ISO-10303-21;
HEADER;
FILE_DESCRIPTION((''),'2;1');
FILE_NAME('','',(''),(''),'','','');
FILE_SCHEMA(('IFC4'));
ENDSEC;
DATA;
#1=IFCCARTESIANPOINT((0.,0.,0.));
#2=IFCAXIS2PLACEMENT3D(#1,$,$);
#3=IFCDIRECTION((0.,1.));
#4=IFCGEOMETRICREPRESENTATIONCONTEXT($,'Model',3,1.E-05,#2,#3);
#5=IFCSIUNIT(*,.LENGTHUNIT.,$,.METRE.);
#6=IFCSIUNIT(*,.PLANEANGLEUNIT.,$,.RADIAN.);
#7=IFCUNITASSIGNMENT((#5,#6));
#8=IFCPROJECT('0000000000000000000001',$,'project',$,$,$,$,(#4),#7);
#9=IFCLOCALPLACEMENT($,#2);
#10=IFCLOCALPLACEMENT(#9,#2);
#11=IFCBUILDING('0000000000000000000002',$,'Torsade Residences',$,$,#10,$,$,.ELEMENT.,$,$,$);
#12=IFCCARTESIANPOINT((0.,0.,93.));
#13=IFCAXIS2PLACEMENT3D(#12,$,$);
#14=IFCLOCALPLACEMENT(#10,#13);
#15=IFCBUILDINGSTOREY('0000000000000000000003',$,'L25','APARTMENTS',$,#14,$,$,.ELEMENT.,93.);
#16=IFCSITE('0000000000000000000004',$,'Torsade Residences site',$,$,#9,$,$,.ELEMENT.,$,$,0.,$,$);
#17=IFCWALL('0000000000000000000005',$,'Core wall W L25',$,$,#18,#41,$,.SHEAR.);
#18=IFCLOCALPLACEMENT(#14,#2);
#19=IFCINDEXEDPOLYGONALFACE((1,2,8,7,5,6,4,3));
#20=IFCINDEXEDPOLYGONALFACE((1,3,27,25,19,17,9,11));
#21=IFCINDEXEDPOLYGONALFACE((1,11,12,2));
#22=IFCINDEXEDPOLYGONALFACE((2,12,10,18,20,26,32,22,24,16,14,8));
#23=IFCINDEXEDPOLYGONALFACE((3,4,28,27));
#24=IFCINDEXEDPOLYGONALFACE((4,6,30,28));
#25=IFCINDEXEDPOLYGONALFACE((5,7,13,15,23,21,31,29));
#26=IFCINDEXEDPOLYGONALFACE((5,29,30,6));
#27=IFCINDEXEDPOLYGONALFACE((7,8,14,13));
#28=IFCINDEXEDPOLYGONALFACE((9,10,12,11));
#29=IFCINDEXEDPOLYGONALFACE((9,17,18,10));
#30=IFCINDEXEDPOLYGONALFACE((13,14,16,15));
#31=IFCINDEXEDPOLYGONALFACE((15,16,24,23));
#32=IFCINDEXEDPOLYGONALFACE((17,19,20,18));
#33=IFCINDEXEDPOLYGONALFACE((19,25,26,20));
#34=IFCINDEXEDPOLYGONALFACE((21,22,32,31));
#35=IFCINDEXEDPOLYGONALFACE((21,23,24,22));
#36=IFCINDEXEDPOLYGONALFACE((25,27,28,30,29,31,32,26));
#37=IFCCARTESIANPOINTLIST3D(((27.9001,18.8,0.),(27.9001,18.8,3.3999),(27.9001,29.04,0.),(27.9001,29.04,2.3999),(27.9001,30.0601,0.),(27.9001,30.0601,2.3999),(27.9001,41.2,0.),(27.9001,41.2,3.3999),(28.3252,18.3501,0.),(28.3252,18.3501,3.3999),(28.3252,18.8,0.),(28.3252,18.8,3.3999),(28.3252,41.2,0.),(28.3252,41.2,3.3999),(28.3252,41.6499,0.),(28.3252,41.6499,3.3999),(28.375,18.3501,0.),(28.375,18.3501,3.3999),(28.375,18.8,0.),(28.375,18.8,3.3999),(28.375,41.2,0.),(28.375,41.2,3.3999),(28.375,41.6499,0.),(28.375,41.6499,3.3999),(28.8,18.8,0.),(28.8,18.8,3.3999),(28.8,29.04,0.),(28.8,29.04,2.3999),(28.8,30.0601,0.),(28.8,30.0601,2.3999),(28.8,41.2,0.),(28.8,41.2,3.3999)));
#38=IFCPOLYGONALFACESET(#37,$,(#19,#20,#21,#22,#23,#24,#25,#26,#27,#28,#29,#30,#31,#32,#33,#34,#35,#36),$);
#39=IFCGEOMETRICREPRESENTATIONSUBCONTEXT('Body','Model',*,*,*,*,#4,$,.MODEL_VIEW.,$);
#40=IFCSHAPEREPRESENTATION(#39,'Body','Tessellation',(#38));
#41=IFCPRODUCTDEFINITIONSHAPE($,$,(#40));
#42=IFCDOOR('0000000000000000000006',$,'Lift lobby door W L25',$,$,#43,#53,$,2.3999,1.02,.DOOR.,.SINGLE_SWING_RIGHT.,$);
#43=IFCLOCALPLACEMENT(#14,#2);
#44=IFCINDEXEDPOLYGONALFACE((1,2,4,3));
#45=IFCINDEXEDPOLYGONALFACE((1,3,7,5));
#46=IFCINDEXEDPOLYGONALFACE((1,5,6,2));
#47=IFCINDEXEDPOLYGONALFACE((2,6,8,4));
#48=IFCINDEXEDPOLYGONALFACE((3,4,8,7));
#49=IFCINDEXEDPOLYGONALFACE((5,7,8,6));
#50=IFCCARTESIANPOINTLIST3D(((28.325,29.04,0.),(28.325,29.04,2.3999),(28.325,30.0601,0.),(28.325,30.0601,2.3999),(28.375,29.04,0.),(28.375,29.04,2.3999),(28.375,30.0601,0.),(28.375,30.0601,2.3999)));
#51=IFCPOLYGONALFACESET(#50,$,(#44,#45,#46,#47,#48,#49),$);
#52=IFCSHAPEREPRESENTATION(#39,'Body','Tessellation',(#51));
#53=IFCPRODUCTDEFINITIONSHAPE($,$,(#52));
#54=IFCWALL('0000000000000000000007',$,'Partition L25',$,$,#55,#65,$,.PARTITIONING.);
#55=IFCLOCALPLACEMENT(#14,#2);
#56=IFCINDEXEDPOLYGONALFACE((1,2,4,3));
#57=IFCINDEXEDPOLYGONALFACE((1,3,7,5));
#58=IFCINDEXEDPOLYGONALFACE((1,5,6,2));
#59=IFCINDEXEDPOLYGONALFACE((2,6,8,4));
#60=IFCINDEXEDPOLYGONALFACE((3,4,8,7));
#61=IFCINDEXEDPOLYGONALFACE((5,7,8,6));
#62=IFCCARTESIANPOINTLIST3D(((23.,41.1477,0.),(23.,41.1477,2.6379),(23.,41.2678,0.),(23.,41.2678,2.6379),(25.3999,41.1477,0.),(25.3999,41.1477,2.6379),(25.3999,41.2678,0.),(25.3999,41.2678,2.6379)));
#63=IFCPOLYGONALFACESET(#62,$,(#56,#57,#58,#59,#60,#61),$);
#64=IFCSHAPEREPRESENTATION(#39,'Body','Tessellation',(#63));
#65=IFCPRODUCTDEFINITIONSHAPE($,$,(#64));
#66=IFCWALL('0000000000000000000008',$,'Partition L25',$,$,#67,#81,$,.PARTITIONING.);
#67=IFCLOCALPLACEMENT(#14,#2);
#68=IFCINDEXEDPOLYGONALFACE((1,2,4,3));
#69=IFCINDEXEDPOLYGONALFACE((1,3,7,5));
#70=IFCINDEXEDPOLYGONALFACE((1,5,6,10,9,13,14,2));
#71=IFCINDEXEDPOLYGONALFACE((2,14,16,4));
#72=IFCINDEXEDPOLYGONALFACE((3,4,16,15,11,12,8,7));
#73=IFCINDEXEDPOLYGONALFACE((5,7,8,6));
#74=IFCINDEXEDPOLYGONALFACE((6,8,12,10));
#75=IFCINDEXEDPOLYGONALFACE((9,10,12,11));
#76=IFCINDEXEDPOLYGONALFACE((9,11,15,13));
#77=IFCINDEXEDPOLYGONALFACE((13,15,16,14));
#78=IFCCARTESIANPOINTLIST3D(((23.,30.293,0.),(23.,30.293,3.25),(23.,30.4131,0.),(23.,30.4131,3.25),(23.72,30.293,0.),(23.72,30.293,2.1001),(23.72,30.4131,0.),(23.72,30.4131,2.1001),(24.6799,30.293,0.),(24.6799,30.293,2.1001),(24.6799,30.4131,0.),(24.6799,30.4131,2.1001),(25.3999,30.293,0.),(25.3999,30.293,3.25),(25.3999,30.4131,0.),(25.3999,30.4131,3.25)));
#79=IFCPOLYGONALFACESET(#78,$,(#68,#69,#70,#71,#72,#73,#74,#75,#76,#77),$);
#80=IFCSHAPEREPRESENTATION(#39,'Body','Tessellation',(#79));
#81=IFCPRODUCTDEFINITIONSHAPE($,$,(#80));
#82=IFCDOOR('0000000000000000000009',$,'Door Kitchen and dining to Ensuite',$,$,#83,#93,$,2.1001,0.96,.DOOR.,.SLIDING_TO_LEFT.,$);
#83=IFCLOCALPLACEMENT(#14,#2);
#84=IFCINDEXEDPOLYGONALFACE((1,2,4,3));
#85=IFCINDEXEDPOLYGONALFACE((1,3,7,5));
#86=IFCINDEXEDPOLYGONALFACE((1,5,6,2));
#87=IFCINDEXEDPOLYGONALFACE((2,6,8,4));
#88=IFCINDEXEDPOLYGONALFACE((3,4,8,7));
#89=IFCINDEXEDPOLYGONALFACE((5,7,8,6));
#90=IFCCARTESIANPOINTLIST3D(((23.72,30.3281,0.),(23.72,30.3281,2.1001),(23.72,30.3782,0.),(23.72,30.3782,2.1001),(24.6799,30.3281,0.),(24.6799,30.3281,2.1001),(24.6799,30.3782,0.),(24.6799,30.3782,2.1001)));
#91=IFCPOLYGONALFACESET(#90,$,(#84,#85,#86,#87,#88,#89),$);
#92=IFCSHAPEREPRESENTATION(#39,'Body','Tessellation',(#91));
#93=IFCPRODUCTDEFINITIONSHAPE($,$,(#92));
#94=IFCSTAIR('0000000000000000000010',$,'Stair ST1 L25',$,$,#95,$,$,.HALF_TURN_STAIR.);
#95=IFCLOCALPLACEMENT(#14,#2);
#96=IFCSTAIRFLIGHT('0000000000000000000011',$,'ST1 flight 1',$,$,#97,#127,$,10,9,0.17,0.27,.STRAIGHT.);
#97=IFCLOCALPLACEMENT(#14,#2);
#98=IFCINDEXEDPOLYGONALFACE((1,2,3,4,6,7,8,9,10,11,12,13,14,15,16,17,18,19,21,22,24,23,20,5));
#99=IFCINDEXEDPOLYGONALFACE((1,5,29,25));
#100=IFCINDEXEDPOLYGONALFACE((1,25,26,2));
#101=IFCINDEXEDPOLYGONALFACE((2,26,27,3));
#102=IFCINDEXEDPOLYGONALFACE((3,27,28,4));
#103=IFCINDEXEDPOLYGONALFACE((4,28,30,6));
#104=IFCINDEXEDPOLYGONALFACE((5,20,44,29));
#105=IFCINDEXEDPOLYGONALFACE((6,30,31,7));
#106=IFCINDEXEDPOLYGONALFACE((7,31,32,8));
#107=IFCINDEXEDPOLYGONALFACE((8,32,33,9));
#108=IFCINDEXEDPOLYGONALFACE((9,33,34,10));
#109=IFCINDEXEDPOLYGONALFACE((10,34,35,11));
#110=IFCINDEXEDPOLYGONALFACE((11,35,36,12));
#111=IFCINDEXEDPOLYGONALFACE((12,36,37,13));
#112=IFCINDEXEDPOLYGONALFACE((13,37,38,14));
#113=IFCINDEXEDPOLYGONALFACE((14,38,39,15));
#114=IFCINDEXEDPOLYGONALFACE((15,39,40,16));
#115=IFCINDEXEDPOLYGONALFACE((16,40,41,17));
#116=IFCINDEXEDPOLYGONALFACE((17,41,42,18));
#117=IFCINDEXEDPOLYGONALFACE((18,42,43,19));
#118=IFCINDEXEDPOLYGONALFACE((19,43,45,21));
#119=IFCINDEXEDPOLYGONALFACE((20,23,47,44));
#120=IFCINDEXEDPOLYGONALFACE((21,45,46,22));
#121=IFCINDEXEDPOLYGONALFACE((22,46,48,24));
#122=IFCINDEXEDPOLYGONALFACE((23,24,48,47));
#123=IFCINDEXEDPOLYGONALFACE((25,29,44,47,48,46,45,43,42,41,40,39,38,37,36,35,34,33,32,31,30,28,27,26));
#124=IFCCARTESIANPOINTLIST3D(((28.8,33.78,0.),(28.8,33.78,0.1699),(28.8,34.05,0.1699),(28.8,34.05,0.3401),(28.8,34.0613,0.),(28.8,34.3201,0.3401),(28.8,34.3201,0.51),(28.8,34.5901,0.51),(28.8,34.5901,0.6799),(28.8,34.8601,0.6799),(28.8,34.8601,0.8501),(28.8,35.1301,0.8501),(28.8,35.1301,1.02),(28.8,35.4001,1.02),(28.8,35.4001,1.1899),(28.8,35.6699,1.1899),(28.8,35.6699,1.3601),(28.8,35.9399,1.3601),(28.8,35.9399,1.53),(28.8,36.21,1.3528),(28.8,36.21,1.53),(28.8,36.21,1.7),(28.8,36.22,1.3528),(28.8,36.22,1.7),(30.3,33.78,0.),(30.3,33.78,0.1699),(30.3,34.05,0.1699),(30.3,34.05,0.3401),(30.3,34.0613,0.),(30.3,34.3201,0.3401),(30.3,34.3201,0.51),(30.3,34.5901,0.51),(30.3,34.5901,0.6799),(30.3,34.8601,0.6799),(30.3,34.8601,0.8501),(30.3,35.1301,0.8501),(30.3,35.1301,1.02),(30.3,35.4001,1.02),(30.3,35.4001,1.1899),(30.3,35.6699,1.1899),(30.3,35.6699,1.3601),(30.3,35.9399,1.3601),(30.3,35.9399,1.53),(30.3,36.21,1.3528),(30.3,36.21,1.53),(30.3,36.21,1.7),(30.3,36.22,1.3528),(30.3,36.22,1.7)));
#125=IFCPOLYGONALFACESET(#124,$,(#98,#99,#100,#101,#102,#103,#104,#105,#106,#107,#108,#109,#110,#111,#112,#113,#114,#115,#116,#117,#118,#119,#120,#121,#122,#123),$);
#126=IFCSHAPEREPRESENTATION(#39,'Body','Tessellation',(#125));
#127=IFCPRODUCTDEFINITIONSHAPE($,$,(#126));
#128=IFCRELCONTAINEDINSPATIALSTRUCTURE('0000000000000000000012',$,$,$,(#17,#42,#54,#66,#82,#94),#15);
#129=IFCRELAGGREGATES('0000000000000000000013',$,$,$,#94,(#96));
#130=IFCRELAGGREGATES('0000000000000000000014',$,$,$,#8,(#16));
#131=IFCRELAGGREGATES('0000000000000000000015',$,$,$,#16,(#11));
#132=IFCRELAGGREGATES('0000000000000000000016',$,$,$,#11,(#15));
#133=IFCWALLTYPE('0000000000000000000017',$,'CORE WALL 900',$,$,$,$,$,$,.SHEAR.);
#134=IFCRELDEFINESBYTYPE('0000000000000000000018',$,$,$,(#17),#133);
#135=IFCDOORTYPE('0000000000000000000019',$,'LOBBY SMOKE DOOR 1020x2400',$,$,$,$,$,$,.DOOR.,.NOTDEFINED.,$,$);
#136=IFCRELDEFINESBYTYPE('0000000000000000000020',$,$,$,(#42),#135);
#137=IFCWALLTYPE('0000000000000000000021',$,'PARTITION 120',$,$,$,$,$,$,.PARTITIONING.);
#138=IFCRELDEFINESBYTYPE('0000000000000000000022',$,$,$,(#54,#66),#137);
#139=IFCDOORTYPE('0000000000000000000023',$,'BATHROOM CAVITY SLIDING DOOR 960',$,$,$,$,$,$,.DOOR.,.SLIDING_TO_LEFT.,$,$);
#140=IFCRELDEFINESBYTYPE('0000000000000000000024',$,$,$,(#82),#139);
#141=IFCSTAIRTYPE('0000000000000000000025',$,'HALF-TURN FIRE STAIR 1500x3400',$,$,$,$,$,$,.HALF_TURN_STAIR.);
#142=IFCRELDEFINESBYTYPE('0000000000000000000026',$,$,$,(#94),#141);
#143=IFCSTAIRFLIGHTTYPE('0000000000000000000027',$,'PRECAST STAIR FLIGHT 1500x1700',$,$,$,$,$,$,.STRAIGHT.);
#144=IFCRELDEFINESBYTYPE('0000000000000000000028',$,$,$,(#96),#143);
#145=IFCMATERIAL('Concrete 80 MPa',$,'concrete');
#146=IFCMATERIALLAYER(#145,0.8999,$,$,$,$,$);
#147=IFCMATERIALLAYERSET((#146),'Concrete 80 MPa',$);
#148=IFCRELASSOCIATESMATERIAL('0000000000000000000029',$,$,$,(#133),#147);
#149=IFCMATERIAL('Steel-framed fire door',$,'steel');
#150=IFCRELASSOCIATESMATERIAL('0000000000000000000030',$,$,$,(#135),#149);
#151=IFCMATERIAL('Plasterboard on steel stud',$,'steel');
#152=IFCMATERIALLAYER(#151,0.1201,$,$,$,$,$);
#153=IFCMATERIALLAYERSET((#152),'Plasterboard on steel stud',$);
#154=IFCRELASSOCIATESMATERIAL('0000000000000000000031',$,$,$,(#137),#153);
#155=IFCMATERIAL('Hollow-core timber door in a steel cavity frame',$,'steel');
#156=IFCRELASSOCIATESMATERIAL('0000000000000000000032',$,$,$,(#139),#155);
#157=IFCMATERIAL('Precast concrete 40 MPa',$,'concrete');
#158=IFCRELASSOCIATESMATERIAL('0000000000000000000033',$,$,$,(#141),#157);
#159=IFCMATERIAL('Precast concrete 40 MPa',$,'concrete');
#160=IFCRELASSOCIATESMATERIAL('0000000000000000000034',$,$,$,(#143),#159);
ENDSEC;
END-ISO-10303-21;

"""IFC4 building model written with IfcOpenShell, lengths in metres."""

from ifc_helpers import new_model, si_unit, direction, frame, frame_2d, origin, place, context, subcontext, project, spatial, polyline, rectangle, outline, extrude, material, layer, layer_set, type_object, element, fill, aggregate, save


model = new_model("IFC4")

# Units and contexts
model_context = context("Model", 3, precision=1e-05, world=origin(), true_north=direction((0.0, 1.0)))
body_context = subcontext(model_context, "Body", "Model", "MODEL_VIEW")
ifc_project = project(units=[si_unit("LENGTHUNIT", "METRE"), si_unit("PLANEANGLEUNIT", "RADIAN")], contexts=[model_context])

# Site, building, storey
site_placement = place(None, origin())
site = spatial("IfcSite", under=ifc_project, at=site_placement, Name="Torsade Residences site", CompositionType="ELEMENT", RefElevation=0.0)
building_placement = place(site_placement, origin())
building = spatial("IfcBuilding", under=site, at=building_placement, Name="Torsade Residences", CompositionType="ELEMENT")
storey_placement = place(building_placement, frame((0.0, 0.0, 93.0)))
storey = spatial("IfcBuildingStorey", under=building, at=storey_placement, Name="L25", Description="APARTMENTS", CompositionType="ELEMENT", Elevation=93.0)

# Shared definitions
ifc_material_1 = material(Name="Concrete 80 MPa", Category="concrete")
ifc_layer_1 = layer(ifc_material_1, 0.8999)
ifc_layer_set_1 = layer_set([ifc_layer_1], Name="Concrete 80 MPa")
wall_type_1 = type_object("IfcWallType", Name="CORE WALL 900", PredefinedType="SHEAR", material=ifc_layer_set_1)

# Wall, opening, door
wall_1_placement = place(storey_placement, frame((28.3501, 41.2, 0.0), z_axis=(0.0, 0.0, 1.0), x_axis=(0.0, -1.0, 0.0)))
wall_1 = element("IfcWall", 1, at=wall_1_placement, inside=storey, type_object=wall_type_1, Name="Core wall W L25", PredefinedType="SHEAR", context=body_context, shape_type="SweptSolid", body=[
    extrude(outline(polyline([(0.0, -0.45), (22.3999, -0.45), (22.3999, -0.0249), (22.8499, -0.0249), (22.8499, 0.0249), (22.3999, 0.0249), (22.3999, 0.45), (0.0, 0.45), (0.0, 0.0249), (-0.45, 0.0249), (-0.45, -0.0249), (0.0, -0.0249), (0.0, -0.45)])), origin(), (0.0, 0.0, 1.0), 3.3999),
])
opening_1_placement = place(wall_1_placement, frame((11.1399, 0.0, 0.0)))
opening_1 = element("IfcOpeningElement", 2, at=opening_1_placement, cuts=wall_1, PredefinedType="OPENING", context=body_context, shape_type="SweptSolid", body=[
    extrude(rectangle(XDim=1.02, YDim=2.3999, at=frame_2d((0.51, 1.2))), frame((0.0, 0.46, 0.0), z_axis=(0.0, -1.0, 0.0), x_axis=(1.0, 0.0, 0.0)), (0.0, 0.0, 1.0), 0.9199),
])
ifc_material_2 = material(Name="Steel-framed fire door", Category="steel")
door_type_1 = type_object("IfcDoorType", Name="LOBBY SMOKE DOOR 1020x2400", OperationType="NOTDEFINED", PredefinedType="DOOR", material=ifc_material_2)
door_1_placement = place(opening_1_placement, origin())
door_1 = element("IfcDoor", 3, at=door_1_placement, inside=storey, type_object=door_type_1, Name="Lift lobby door W L25", OperationType="SINGLE_SWING_RIGHT", OverallHeight=2.3999, OverallWidth=1.02, PredefinedType="DOOR", context=body_context, shape_type="SweptSolid", body=[
    extrude(rectangle(XDim=1.02, YDim=2.3999, at=frame_2d((0.51, 1.2))), frame((0.0, 0.0249, 0.0), z_axis=(0.0, -1.0, 0.0), x_axis=(1.0, 0.0, 0.0)), (0.0, 0.0, 1.0), 0.05),
])
fill(opening_1, door_1)

# Wall
ifc_material_3 = material(Name="Plasterboard on steel stud", Category="steel")
ifc_layer_2 = layer(ifc_material_3, 0.1201)
ifc_layer_set_2 = layer_set([ifc_layer_2], Name="Plasterboard on steel stud")
wall_type_2 = type_object("IfcWallType", Name="PARTITION 120", PredefinedType="PARTITIONING", material=ifc_layer_set_2)
wall_2_placement = place(storey_placement, frame((25.3999, 41.2078, 0.0), z_axis=(0.0, 0.0, 1.0), x_axis=(-1.0, 0.0, 0.0)))
element("IfcWall", 4, at=wall_2_placement, inside=storey, type_object=wall_type_2, Name="Partition L25", PredefinedType="PARTITIONING", context=body_context, shape_type="SweptSolid", body=[
    extrude(rectangle(XDim=2.3999, YDim=0.1201, at=frame_2d((1.2, 0.0))), origin(), (0.0, 0.0, 1.0), 2.6379),
])

# Wall, opening, door
wall_3_placement = place(storey_placement, frame((25.3999, 30.353, 0.0), z_axis=(0.0, 0.0, 1.0), x_axis=(-1.0, 0.0, 0.0)))
wall_3 = element("IfcWall", 5, at=wall_3_placement, inside=storey, type_object=wall_type_2, Name="Partition L25", PredefinedType="PARTITIONING", context=body_context, shape_type="SweptSolid", body=[
    extrude(rectangle(XDim=2.3999, YDim=0.1201, at=frame_2d((1.2, 0.0))), origin(), (0.0, 0.0, 1.0), 3.25),
])
opening_2_placement = place(wall_3_placement, frame((0.72, 0.0, 0.0)))
opening_2 = element("IfcOpeningElement", 6, at=opening_2_placement, cuts=wall_3, PredefinedType="OPENING", context=body_context, shape_type="SweptSolid", body=[
    extrude(rectangle(XDim=0.96, YDim=2.1001, at=frame_2d((0.48, 1.05))), frame((0.0, 0.0701, 0.0), z_axis=(0.0, -1.0, 0.0), x_axis=(1.0, 0.0, 0.0)), (0.0, 0.0, 1.0), 0.1401),
])
ifc_material_4 = material(Name="Hollow-core timber door in a steel cavity frame", Category="steel")
door_type_2 = type_object("IfcDoorType", Name="BATHROOM CAVITY SLIDING DOOR 960", OperationType="SLIDING_TO_LEFT", PredefinedType="DOOR", material=ifc_material_4)
door_2_placement = place(opening_2_placement, origin())
door_2 = element("IfcDoor", 7, at=door_2_placement, inside=storey, type_object=door_type_2, Name="Door Kitchen and dining to Ensuite", OperationType="SLIDING_TO_LEFT", OverallHeight=2.1001, OverallWidth=0.96, PredefinedType="DOOR", context=body_context, shape_type="SweptSolid", body=[
    extrude(rectangle(XDim=0.96, YDim=2.1001, at=frame_2d((0.48, 1.05))), frame((0.0, 0.0249, 0.0), z_axis=(0.0, -1.0, 0.0), x_axis=(1.0, 0.0, 0.0)), (0.0, 0.0, 1.0), 0.05),
])
fill(opening_2, door_2)

# Stair, stair flight
ifc_material_5 = material(Name="Precast concrete 40 MPa", Category="concrete")
stair_type = type_object("IfcStairType", Name="HALF-TURN FIRE STAIR 1500x3400", PredefinedType="HALF_TURN_STAIR", material=ifc_material_5)
stair_placement = place(storey_placement, origin())
stair = element("IfcStair", 8, at=stair_placement, inside=storey, type_object=stair_type, Name="Stair ST1 L25", PredefinedType="HALF_TURN_STAIR")
ifc_material_6 = material(Name="Precast concrete 40 MPa", Category="concrete")
stair_flight_type = type_object("IfcStairFlightType", Name="PRECAST STAIR FLIGHT 1500x1700", PredefinedType="STRAIGHT", material=ifc_material_6)
stair_flight_placement = place(storey_placement, frame((29.55, 33.78, 0.0), z_axis=(0.0, 0.0, 1.0), x_axis=(0.0, 1.0, 0.0)))
stair_flight = element("IfcStairFlight", 9, at=stair_flight_placement, type_object=stair_flight_type, Name="ST1 flight 1", NumberOfRisers=10, NumberOfTreads=9, PredefinedType="STRAIGHT", RiserHeight=0.17, TreadLength=0.27, context=body_context, shape_type="SweptSolid", body=[
    extrude(outline(polyline([(0.0, 0.0), (0.0, 0.1699), (0.27, 0.1699), (0.27, 0.3401), (0.54, 0.3401), (0.54, 0.51), (0.8101, 0.51), (0.8101, 0.6799), (1.0801, 0.6799), (1.0801, 0.8501), (1.3501, 0.8501), (1.3501, 1.02), (1.6201, 1.02), (1.6201, 1.1899), (1.8899, 1.1899), (1.8899, 1.3601), (2.1599, 1.3601), (2.1599, 1.53), (2.4299, 1.53), (2.4299, 1.7), (2.4399, 1.7), (2.4399, 1.3528), (2.4299, 1.3528), (0.2812, 0.0), (0.0, 0.0)])), frame((0.0, 0.75, 0.0), z_axis=(0.0, -1.0, 0.0), x_axis=(1.0, 0.0, 0.0)), (0.0, 0.0, 1.0), 1.5),
])
aggregate(stair, [stair_flight])

save(model, "model.ifc")
